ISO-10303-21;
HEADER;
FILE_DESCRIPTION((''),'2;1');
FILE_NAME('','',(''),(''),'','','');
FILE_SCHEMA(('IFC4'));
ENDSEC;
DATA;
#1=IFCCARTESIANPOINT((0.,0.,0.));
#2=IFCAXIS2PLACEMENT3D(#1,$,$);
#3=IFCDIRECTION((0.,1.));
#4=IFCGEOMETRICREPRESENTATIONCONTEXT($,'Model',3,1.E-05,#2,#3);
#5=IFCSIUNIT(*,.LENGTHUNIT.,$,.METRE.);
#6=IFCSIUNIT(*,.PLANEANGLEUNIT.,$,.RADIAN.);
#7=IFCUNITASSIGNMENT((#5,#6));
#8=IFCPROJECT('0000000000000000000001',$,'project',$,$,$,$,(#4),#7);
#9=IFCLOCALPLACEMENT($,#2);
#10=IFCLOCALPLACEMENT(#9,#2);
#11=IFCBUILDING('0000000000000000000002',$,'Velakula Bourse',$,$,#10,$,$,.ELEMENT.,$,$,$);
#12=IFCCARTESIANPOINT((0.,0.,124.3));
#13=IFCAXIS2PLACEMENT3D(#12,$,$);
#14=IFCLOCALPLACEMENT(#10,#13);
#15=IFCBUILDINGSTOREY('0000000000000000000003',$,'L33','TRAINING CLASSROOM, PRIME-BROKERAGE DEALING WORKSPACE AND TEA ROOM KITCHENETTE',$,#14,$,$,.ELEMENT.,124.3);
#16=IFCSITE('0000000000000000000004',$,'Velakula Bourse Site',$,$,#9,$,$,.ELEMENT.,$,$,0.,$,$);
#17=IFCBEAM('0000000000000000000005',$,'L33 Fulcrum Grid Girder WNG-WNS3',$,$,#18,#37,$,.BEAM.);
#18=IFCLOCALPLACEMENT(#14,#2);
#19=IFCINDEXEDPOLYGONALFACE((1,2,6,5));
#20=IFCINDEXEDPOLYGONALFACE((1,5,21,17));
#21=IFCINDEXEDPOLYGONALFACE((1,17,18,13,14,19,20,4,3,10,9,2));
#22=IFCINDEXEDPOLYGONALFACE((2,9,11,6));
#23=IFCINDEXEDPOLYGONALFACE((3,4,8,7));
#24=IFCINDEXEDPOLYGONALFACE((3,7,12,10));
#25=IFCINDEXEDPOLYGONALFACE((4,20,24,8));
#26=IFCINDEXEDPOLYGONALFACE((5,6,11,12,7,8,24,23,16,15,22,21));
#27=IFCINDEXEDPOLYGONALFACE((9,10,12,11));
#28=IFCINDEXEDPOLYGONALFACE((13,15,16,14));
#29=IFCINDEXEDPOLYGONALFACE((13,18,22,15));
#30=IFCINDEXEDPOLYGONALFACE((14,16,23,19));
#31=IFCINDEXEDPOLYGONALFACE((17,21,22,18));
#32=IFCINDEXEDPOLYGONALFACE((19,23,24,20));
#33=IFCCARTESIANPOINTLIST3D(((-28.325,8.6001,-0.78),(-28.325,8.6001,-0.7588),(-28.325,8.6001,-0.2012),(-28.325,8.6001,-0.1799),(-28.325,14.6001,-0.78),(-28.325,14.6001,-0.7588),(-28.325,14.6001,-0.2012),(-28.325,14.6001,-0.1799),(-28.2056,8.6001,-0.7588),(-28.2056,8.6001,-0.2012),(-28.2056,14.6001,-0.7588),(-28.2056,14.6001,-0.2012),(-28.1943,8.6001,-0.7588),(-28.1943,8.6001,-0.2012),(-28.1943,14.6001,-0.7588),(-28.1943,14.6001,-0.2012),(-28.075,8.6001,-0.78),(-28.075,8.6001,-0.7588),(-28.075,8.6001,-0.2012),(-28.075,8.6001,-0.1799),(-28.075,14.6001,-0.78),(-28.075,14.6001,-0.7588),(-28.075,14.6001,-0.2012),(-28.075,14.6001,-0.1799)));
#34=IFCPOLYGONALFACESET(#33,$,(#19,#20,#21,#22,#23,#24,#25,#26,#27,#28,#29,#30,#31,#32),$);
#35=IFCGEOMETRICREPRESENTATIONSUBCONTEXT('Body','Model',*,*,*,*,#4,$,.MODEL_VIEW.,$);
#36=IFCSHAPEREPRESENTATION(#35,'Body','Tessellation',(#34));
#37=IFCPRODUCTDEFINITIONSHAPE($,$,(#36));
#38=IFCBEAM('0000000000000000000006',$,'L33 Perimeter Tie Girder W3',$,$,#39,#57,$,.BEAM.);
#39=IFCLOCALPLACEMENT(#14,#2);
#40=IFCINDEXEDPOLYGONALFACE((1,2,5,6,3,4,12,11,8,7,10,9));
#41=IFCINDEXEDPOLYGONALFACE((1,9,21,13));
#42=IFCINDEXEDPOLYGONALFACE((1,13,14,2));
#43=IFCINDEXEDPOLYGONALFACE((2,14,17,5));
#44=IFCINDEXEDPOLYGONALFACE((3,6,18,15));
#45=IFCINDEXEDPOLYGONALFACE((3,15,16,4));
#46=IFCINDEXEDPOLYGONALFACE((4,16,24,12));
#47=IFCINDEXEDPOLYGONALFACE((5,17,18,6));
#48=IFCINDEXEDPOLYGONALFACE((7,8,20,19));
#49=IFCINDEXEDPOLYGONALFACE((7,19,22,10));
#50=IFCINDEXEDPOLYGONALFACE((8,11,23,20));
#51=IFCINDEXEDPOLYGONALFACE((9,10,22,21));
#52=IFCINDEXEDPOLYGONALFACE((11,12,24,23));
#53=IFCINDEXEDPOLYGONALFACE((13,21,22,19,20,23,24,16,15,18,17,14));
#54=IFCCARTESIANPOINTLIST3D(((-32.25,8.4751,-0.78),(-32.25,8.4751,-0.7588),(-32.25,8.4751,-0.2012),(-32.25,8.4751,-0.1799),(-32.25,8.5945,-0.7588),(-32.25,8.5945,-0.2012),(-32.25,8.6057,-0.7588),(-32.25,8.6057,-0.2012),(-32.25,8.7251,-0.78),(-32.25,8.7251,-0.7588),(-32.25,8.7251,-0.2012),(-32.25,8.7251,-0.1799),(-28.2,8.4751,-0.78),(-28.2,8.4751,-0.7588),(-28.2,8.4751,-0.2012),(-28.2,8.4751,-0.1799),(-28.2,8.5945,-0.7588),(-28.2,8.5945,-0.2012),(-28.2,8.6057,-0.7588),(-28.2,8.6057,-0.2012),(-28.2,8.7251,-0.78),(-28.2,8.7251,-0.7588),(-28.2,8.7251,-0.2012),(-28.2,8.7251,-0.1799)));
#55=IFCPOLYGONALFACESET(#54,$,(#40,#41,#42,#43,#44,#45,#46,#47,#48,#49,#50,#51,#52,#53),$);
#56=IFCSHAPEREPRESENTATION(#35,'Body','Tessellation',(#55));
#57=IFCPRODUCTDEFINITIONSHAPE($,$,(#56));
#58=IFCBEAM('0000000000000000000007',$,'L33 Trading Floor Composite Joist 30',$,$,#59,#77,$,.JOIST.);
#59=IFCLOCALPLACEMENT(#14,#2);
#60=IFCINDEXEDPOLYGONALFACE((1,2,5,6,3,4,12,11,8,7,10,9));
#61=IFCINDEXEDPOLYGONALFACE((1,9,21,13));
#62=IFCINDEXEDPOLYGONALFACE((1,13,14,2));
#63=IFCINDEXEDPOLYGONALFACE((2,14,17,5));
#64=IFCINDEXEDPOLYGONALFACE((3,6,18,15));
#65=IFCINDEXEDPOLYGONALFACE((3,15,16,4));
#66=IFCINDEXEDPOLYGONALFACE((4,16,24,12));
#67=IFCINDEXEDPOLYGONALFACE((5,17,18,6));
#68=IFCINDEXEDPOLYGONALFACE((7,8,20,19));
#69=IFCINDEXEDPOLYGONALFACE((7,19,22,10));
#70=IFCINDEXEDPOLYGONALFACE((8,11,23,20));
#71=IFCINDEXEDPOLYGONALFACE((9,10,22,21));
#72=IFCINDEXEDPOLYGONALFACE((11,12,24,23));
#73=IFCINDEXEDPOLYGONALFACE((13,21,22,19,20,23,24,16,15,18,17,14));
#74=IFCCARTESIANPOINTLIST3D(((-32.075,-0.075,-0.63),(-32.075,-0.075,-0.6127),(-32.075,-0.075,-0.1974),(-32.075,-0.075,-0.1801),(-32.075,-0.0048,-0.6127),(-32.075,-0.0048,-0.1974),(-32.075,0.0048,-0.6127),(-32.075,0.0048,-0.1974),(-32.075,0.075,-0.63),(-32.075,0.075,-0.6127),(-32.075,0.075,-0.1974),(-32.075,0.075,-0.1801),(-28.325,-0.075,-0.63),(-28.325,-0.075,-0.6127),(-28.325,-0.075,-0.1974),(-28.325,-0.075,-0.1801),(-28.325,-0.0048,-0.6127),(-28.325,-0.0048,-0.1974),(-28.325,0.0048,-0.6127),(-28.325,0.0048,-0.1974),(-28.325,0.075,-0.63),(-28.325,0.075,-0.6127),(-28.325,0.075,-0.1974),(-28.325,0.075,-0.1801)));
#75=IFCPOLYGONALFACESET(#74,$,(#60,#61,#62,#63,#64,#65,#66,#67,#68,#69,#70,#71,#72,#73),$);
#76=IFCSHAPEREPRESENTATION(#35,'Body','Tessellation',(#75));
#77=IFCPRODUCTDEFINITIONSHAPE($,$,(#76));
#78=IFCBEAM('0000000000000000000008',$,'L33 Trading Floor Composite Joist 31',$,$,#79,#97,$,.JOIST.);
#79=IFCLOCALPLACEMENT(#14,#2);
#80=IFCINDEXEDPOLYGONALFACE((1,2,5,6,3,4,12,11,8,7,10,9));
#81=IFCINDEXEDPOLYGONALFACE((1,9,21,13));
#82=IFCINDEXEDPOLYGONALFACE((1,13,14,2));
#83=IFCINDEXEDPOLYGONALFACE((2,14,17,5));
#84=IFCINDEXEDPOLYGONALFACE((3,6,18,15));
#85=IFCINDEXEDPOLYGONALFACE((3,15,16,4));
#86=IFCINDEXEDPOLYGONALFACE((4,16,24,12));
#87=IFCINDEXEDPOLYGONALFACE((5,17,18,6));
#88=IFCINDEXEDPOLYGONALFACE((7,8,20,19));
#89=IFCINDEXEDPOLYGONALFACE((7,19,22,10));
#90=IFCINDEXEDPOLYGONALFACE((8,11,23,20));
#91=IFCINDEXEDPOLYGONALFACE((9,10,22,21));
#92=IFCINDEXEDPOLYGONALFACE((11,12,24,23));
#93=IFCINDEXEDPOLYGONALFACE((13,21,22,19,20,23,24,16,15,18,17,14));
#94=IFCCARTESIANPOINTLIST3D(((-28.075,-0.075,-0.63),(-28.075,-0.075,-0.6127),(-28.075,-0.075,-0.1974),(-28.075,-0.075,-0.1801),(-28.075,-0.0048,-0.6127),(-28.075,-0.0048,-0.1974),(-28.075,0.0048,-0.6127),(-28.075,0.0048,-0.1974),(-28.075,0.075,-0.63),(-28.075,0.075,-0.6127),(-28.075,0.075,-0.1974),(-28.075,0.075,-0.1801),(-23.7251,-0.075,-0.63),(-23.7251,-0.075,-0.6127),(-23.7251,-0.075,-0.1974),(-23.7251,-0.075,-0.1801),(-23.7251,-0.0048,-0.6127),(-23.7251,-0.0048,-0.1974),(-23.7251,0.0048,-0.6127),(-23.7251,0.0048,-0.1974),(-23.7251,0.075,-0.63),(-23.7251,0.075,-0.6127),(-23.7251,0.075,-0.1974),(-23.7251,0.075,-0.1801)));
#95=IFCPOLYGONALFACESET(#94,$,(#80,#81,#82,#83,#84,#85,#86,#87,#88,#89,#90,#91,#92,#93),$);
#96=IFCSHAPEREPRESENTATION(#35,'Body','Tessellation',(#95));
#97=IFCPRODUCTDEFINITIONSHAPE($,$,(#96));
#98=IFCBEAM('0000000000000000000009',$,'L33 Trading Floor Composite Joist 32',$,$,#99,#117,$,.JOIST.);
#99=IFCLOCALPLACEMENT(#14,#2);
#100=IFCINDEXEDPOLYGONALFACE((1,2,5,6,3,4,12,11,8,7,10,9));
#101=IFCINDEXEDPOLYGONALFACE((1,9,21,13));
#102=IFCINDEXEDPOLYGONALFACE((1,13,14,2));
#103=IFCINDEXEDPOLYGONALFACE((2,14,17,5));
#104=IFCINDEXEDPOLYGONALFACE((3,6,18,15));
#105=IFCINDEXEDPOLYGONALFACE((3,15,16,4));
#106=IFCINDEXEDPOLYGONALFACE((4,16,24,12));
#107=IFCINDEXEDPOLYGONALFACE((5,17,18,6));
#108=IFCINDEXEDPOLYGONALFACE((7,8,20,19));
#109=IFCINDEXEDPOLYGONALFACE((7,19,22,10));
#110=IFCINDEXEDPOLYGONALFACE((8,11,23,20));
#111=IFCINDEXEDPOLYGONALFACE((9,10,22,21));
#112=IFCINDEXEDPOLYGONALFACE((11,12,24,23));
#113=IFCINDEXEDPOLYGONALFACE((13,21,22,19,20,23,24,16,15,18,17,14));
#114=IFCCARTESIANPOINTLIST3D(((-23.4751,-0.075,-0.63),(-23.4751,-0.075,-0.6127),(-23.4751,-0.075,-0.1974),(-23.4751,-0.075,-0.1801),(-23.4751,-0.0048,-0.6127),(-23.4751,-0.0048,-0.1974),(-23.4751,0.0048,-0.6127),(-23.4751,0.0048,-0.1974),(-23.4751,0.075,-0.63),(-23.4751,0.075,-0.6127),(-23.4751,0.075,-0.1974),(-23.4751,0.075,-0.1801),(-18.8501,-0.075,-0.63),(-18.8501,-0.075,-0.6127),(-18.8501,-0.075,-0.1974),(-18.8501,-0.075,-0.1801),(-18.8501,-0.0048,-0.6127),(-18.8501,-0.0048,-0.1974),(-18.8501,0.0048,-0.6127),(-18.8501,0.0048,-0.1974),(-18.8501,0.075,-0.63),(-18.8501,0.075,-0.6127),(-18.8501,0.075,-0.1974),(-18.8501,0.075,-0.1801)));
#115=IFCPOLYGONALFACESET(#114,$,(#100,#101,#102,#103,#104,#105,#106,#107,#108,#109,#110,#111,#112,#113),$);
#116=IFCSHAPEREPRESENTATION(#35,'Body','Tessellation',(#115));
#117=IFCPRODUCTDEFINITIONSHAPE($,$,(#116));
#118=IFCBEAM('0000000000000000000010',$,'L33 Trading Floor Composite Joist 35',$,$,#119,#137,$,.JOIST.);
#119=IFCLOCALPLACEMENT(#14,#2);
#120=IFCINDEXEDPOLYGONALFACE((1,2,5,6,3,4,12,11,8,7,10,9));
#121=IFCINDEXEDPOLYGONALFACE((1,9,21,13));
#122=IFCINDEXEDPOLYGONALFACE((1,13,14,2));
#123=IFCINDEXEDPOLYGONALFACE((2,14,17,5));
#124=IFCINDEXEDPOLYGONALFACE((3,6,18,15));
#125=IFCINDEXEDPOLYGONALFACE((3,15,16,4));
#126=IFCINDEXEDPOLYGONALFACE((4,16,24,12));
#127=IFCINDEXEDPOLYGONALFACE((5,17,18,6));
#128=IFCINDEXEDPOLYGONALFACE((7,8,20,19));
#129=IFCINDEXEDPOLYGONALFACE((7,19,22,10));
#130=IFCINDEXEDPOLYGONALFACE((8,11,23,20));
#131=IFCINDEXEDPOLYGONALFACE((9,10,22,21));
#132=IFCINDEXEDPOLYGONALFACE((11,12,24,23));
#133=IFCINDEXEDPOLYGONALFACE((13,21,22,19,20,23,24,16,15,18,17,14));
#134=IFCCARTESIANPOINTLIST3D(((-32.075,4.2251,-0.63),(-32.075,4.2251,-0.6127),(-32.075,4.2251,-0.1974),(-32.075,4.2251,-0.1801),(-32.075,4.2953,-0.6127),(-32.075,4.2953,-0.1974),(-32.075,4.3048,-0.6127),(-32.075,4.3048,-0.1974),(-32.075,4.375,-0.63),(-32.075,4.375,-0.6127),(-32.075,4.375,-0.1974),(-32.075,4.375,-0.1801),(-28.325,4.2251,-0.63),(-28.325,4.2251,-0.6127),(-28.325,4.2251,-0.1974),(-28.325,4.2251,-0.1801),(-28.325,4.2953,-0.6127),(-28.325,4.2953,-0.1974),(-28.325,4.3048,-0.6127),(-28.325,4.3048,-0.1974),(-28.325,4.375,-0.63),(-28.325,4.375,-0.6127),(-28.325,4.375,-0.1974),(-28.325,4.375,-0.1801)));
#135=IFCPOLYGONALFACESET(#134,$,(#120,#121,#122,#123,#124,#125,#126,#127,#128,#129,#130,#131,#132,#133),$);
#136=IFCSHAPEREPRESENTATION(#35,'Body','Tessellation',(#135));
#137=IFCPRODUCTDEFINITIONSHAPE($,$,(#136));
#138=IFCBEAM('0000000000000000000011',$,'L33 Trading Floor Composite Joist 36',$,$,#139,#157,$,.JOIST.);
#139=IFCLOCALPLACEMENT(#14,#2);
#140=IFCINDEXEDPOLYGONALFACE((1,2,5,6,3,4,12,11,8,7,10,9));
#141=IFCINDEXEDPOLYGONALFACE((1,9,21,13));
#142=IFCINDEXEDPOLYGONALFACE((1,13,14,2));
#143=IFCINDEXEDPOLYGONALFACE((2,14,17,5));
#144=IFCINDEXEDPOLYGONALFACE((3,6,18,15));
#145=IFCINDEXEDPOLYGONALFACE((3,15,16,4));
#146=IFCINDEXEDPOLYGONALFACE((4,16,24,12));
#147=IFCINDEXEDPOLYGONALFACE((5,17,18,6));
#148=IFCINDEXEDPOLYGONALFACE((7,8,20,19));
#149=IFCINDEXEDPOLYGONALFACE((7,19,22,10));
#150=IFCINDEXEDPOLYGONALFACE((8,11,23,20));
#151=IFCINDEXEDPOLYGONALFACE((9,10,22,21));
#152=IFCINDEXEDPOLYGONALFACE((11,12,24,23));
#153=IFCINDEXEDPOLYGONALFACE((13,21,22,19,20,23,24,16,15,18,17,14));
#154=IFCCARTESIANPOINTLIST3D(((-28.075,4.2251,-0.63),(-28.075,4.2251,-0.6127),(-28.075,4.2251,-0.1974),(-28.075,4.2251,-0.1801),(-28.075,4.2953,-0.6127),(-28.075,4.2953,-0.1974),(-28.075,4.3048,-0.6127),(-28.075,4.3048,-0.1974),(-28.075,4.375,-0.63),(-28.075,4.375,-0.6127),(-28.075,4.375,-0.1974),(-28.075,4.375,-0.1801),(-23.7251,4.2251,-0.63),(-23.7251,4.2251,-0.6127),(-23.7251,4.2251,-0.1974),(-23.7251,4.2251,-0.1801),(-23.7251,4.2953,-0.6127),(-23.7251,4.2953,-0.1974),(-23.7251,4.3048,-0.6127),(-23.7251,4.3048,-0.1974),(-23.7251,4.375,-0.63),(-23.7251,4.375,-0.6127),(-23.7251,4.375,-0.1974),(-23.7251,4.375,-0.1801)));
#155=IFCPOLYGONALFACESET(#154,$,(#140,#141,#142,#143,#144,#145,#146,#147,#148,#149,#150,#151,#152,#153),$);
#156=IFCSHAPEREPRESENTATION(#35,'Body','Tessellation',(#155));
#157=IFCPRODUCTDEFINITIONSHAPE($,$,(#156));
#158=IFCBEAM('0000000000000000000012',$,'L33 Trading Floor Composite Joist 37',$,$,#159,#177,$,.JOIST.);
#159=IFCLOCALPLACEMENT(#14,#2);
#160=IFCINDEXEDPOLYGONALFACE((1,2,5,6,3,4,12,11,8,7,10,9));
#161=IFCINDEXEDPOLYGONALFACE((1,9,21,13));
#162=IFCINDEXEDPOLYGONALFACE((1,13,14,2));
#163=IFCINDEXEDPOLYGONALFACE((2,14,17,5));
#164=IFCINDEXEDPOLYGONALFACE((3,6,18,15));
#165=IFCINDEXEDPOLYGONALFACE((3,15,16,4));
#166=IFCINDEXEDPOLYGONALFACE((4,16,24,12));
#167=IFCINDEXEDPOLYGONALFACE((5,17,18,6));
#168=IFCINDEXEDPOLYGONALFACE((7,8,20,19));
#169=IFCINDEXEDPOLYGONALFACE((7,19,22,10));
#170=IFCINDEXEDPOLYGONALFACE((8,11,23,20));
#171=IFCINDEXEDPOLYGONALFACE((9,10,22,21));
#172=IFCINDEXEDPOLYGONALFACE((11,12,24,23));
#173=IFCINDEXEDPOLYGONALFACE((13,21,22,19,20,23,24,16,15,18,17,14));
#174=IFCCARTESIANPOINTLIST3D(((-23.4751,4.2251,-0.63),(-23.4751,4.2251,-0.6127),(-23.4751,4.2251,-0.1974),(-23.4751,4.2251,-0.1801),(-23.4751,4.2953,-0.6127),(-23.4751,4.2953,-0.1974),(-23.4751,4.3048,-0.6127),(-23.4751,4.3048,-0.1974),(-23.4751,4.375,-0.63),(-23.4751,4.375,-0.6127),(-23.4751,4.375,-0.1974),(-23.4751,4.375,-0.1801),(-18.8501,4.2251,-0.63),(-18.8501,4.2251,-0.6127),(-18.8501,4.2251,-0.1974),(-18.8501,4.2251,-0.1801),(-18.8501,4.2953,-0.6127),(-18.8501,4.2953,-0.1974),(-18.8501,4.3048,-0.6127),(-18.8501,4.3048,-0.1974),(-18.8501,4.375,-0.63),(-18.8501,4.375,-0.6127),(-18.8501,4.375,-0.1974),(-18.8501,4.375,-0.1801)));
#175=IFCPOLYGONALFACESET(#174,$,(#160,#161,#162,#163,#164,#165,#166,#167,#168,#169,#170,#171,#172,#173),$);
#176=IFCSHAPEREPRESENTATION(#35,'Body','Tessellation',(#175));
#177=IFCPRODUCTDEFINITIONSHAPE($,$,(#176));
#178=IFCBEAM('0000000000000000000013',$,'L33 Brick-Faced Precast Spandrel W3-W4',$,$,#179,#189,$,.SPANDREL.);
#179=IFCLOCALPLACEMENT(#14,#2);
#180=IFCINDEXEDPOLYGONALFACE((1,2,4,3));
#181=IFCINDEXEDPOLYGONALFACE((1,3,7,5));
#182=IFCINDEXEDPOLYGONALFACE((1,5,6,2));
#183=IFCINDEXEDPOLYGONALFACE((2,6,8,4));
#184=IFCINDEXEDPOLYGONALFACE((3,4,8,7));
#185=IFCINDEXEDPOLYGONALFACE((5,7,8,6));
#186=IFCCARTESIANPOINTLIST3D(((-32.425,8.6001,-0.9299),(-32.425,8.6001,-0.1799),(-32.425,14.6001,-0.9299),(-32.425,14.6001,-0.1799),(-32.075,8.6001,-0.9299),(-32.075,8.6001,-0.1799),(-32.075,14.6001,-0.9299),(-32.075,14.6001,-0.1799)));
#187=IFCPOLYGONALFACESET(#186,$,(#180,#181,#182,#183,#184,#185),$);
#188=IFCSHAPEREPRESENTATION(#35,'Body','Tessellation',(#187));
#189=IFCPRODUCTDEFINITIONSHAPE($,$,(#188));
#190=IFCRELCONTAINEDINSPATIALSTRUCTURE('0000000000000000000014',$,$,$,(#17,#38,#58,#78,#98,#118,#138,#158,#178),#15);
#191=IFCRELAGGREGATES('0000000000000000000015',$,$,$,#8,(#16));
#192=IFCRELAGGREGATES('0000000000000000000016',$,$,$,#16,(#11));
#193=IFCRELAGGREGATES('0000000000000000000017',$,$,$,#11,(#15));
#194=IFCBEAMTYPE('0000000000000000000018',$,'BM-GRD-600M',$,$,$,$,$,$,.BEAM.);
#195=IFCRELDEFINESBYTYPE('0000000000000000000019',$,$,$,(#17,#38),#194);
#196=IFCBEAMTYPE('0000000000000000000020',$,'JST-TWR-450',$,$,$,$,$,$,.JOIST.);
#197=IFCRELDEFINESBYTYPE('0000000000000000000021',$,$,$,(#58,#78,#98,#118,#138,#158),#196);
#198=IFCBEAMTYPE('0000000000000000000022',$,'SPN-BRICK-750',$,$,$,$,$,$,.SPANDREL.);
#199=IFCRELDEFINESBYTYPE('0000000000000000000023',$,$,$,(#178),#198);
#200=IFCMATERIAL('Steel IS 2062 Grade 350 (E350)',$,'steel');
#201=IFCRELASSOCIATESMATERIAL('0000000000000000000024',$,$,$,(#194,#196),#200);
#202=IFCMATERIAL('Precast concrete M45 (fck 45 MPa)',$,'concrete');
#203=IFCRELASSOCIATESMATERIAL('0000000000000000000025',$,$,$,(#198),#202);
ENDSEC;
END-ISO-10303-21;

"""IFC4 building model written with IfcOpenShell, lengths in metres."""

from ifc_helpers import new_model, si_unit, direction, frame, origin, origin_2d, place, context, subcontext, project, spatial, rectangle, i_section, extrude, material, material_profile, profile_set, type_object, element, save


model = new_model("IFC4")

# Units and contexts
model_context = context("Model", 3, precision=1e-05, world=origin(), true_north=direction((0.0, 1.0)))
body_context = subcontext(model_context, "Body", "Model", "MODEL_VIEW")
ifc_project = project(units=[si_unit("LENGTHUNIT", "METRE"), si_unit("PLANEANGLEUNIT", "RADIAN")], contexts=[model_context])

# Site, building, storey
site_placement = place(None, origin())
site = spatial("IfcSite", under=ifc_project, at=site_placement, Name="Velakula Bourse Site", CompositionType="ELEMENT", RefElevation=0.0)
building_placement = place(site_placement, origin())
building = spatial("IfcBuilding", under=site, at=building_placement, Name="Velakula Bourse", CompositionType="ELEMENT")
storey_placement = place(building_placement, frame((0.0, 0.0, 124.3)))
storey = spatial("IfcBuildingStorey", under=building, at=storey_placement, Name="L33", Description="TRAINING CLASSROOM, PRIME-BROKERAGE DEALING WORKSPACE AND TEA ROOM KITCHENETTE", CompositionType="ELEMENT", Elevation=124.3)

# Shared definitions
ifc_material_1 = material(Name="Steel IS 2062 Grade 350 (E350)", Category="steel")

# Beams
ifc_material_profile_1 = material_profile(ifc_material_1, i_section(OverallWidth=0.25, OverallDepth=0.6001, WebThickness=0.0112, FlangeThickness=0.0212, at=origin_2d()), Name="Steel IS 2062 Grade 350 (E350)")
ifc_profile_set_1 = profile_set([ifc_material_profile_1], Name="Steel IS 2062 Grade 350 (E350)")
beam_type_1 = type_object("IfcBeamType", Name="BM-GRD-600M", PredefinedType="BEAM", material=ifc_profile_set_1)
beam_1_placement = place(storey_placement, frame((-28.2, 8.6001, -0.48), z_axis=(0.0, 1.0, 0.0), x_axis=(-1.0, 0.0, 0.0)))
element("IfcBeam", 1, at=beam_1_placement, inside=storey, type_object=beam_type_1, Name="L33 Fulcrum Grid Girder WNG-WNS3", PredefinedType="BEAM", context=body_context, shape_type="SweptSolid", body=[
    extrude(i_section(OverallWidth=0.25, OverallDepth=0.6001, WebThickness=0.0112, FlangeThickness=0.0212, at=origin_2d()), origin(), (0.0, 0.0, 1.0), 6.0),
])
beam_2_placement = place(storey_placement, frame((-28.2, 8.6001, -0.48), z_axis=(-1.0, 0.0, 0.0), x_axis=(0.0, -1.0, 0.0)))
element("IfcBeam", 2, at=beam_2_placement, inside=storey, type_object=beam_type_1, Name="L33 Perimeter Tie Girder W3", PredefinedType="BEAM", context=body_context, shape_type="SweptSolid", body=[
    extrude(i_section(OverallWidth=0.25, OverallDepth=0.6001, WebThickness=0.0112, FlangeThickness=0.0212, at=origin_2d()), origin(), (0.0, 0.0, 1.0), 4.05),
])
ifc_material_profile_2 = material_profile(ifc_material_1, i_section(OverallWidth=0.1499, OverallDepth=0.45, WebThickness=0.0095, FlangeThickness=0.0173, at=origin_2d()), Name="Steel IS 2062 Grade 350 (E350)")
ifc_profile_set_2 = profile_set([ifc_material_profile_2], Name="Steel IS 2062 Grade 350 (E350)")
beam_type_2 = type_object("IfcBeamType", Name="JST-TWR-450", PredefinedType="JOIST", material=ifc_profile_set_2)
beam_3_placement = place(storey_placement, frame((-32.075, 0.0, -0.405), z_axis=(1.0, 0.0, 0.0), x_axis=(0.0, 1.0, 0.0)))
element("IfcBeam", 3, at=beam_3_placement, inside=storey, type_object=beam_type_2, Name="L33 Trading Floor Composite Joist 30", PredefinedType="JOIST", context=body_context, shape_type="SweptSolid", body=[
    extrude(i_section(OverallWidth=0.1499, OverallDepth=0.45, WebThickness=0.0095, FlangeThickness=0.0173, at=origin_2d()), origin(), (0.0, 0.0, 1.0), 3.75),
])
beam_4_placement = place(storey_placement, frame((-28.075, 0.0, -0.405), z_axis=(1.0, 0.0, 0.0), x_axis=(0.0, 1.0, 0.0)))
element("IfcBeam", 4, at=beam_4_placement, inside=storey, type_object=beam_type_2, Name="L33 Trading Floor Composite Joist 31", PredefinedType="JOIST", context=body_context, shape_type="SweptSolid", body=[
    extrude(i_section(OverallWidth=0.1499, OverallDepth=0.45, WebThickness=0.0095, FlangeThickness=0.0173, at=origin_2d()), origin(), (0.0, 0.0, 1.0), 4.3499),
])
beam_5_placement = place(storey_placement, frame((-23.4751, 0.0, -0.405), z_axis=(1.0, 0.0, 0.0), x_axis=(0.0, 1.0, 0.0)))
element("IfcBeam", 5, at=beam_5_placement, inside=storey, type_object=beam_type_2, Name="L33 Trading Floor Composite Joist 32", PredefinedType="JOIST", context=body_context, shape_type="SweptSolid", body=[
    extrude(i_section(OverallWidth=0.1499, OverallDepth=0.45, WebThickness=0.0095, FlangeThickness=0.0173, at=origin_2d()), origin(), (0.0, 0.0, 1.0), 4.625),
])
beam_6_placement = place(storey_placement, frame((-32.075, 4.3, -0.405), z_axis=(1.0, 0.0, 0.0), x_axis=(0.0, 1.0, 0.0)))
element("IfcBeam", 6, at=beam_6_placement, inside=storey, type_object=beam_type_2, Name="L33 Trading Floor Composite Joist 35", PredefinedType="JOIST", context=body_context, shape_type="SweptSolid", body=[
    extrude(i_section(OverallWidth=0.1499, OverallDepth=0.45, WebThickness=0.0095, FlangeThickness=0.0173, at=origin_2d()), origin(), (0.0, 0.0, 1.0), 3.75),
])
beam_7_placement = place(storey_placement, frame((-28.075, 4.3, -0.405), z_axis=(1.0, 0.0, 0.0), x_axis=(0.0, 1.0, 0.0)))
element("IfcBeam", 7, at=beam_7_placement, inside=storey, type_object=beam_type_2, Name="L33 Trading Floor Composite Joist 36", PredefinedType="JOIST", context=body_context, shape_type="SweptSolid", body=[
    extrude(i_section(OverallWidth=0.1499, OverallDepth=0.45, WebThickness=0.0095, FlangeThickness=0.0173, at=origin_2d()), origin(), (0.0, 0.0, 1.0), 4.3499),
])
beam_8_placement = place(storey_placement, frame((-23.4751, 4.3, -0.405), z_axis=(1.0, 0.0, 0.0), x_axis=(0.0, 1.0, 0.0)))
element("IfcBeam", 8, at=beam_8_placement, inside=storey, type_object=beam_type_2, Name="L33 Trading Floor Composite Joist 37", PredefinedType="JOIST", context=body_context, shape_type="SweptSolid", body=[
    extrude(i_section(OverallWidth=0.1499, OverallDepth=0.45, WebThickness=0.0095, FlangeThickness=0.0173, at=origin_2d()), origin(), (0.0, 0.0, 1.0), 4.625),
])
ifc_material_2 = material(Name="Precast concrete M45 (fck 45 MPa)", Category="concrete")
ifc_material_profile_3 = material_profile(ifc_material_2, rectangle(XDim=0.3501, YDim=0.75, at=origin_2d()), Name="Precast concrete M45 (fck 45 MPa)")
ifc_profile_set_3 = profile_set([ifc_material_profile_3], Name="Precast concrete M45 (fck 45 MPa)")
beam_type_3 = type_object("IfcBeamType", Name="SPN-BRICK-750", PredefinedType="SPANDREL", material=ifc_profile_set_3)
beam_9_placement = place(storey_placement, frame((-32.25, 8.6001, -0.5549), z_axis=(0.0, 1.0, 0.0), x_axis=(-1.0, 0.0, 0.0)))
element("IfcBeam", 9, at=beam_9_placement, inside=storey, type_object=beam_type_3, Name="L33 Brick-Faced Precast Spandrel W3-W4", PredefinedType="SPANDREL", context=body_context, shape_type="SweptSolid", body=[
    extrude(rectangle(XDim=0.3501, YDim=0.75, at=origin_2d()), origin(), (0.0, 0.0, 1.0), 6.0),
])

save(model, "model.ifc")
